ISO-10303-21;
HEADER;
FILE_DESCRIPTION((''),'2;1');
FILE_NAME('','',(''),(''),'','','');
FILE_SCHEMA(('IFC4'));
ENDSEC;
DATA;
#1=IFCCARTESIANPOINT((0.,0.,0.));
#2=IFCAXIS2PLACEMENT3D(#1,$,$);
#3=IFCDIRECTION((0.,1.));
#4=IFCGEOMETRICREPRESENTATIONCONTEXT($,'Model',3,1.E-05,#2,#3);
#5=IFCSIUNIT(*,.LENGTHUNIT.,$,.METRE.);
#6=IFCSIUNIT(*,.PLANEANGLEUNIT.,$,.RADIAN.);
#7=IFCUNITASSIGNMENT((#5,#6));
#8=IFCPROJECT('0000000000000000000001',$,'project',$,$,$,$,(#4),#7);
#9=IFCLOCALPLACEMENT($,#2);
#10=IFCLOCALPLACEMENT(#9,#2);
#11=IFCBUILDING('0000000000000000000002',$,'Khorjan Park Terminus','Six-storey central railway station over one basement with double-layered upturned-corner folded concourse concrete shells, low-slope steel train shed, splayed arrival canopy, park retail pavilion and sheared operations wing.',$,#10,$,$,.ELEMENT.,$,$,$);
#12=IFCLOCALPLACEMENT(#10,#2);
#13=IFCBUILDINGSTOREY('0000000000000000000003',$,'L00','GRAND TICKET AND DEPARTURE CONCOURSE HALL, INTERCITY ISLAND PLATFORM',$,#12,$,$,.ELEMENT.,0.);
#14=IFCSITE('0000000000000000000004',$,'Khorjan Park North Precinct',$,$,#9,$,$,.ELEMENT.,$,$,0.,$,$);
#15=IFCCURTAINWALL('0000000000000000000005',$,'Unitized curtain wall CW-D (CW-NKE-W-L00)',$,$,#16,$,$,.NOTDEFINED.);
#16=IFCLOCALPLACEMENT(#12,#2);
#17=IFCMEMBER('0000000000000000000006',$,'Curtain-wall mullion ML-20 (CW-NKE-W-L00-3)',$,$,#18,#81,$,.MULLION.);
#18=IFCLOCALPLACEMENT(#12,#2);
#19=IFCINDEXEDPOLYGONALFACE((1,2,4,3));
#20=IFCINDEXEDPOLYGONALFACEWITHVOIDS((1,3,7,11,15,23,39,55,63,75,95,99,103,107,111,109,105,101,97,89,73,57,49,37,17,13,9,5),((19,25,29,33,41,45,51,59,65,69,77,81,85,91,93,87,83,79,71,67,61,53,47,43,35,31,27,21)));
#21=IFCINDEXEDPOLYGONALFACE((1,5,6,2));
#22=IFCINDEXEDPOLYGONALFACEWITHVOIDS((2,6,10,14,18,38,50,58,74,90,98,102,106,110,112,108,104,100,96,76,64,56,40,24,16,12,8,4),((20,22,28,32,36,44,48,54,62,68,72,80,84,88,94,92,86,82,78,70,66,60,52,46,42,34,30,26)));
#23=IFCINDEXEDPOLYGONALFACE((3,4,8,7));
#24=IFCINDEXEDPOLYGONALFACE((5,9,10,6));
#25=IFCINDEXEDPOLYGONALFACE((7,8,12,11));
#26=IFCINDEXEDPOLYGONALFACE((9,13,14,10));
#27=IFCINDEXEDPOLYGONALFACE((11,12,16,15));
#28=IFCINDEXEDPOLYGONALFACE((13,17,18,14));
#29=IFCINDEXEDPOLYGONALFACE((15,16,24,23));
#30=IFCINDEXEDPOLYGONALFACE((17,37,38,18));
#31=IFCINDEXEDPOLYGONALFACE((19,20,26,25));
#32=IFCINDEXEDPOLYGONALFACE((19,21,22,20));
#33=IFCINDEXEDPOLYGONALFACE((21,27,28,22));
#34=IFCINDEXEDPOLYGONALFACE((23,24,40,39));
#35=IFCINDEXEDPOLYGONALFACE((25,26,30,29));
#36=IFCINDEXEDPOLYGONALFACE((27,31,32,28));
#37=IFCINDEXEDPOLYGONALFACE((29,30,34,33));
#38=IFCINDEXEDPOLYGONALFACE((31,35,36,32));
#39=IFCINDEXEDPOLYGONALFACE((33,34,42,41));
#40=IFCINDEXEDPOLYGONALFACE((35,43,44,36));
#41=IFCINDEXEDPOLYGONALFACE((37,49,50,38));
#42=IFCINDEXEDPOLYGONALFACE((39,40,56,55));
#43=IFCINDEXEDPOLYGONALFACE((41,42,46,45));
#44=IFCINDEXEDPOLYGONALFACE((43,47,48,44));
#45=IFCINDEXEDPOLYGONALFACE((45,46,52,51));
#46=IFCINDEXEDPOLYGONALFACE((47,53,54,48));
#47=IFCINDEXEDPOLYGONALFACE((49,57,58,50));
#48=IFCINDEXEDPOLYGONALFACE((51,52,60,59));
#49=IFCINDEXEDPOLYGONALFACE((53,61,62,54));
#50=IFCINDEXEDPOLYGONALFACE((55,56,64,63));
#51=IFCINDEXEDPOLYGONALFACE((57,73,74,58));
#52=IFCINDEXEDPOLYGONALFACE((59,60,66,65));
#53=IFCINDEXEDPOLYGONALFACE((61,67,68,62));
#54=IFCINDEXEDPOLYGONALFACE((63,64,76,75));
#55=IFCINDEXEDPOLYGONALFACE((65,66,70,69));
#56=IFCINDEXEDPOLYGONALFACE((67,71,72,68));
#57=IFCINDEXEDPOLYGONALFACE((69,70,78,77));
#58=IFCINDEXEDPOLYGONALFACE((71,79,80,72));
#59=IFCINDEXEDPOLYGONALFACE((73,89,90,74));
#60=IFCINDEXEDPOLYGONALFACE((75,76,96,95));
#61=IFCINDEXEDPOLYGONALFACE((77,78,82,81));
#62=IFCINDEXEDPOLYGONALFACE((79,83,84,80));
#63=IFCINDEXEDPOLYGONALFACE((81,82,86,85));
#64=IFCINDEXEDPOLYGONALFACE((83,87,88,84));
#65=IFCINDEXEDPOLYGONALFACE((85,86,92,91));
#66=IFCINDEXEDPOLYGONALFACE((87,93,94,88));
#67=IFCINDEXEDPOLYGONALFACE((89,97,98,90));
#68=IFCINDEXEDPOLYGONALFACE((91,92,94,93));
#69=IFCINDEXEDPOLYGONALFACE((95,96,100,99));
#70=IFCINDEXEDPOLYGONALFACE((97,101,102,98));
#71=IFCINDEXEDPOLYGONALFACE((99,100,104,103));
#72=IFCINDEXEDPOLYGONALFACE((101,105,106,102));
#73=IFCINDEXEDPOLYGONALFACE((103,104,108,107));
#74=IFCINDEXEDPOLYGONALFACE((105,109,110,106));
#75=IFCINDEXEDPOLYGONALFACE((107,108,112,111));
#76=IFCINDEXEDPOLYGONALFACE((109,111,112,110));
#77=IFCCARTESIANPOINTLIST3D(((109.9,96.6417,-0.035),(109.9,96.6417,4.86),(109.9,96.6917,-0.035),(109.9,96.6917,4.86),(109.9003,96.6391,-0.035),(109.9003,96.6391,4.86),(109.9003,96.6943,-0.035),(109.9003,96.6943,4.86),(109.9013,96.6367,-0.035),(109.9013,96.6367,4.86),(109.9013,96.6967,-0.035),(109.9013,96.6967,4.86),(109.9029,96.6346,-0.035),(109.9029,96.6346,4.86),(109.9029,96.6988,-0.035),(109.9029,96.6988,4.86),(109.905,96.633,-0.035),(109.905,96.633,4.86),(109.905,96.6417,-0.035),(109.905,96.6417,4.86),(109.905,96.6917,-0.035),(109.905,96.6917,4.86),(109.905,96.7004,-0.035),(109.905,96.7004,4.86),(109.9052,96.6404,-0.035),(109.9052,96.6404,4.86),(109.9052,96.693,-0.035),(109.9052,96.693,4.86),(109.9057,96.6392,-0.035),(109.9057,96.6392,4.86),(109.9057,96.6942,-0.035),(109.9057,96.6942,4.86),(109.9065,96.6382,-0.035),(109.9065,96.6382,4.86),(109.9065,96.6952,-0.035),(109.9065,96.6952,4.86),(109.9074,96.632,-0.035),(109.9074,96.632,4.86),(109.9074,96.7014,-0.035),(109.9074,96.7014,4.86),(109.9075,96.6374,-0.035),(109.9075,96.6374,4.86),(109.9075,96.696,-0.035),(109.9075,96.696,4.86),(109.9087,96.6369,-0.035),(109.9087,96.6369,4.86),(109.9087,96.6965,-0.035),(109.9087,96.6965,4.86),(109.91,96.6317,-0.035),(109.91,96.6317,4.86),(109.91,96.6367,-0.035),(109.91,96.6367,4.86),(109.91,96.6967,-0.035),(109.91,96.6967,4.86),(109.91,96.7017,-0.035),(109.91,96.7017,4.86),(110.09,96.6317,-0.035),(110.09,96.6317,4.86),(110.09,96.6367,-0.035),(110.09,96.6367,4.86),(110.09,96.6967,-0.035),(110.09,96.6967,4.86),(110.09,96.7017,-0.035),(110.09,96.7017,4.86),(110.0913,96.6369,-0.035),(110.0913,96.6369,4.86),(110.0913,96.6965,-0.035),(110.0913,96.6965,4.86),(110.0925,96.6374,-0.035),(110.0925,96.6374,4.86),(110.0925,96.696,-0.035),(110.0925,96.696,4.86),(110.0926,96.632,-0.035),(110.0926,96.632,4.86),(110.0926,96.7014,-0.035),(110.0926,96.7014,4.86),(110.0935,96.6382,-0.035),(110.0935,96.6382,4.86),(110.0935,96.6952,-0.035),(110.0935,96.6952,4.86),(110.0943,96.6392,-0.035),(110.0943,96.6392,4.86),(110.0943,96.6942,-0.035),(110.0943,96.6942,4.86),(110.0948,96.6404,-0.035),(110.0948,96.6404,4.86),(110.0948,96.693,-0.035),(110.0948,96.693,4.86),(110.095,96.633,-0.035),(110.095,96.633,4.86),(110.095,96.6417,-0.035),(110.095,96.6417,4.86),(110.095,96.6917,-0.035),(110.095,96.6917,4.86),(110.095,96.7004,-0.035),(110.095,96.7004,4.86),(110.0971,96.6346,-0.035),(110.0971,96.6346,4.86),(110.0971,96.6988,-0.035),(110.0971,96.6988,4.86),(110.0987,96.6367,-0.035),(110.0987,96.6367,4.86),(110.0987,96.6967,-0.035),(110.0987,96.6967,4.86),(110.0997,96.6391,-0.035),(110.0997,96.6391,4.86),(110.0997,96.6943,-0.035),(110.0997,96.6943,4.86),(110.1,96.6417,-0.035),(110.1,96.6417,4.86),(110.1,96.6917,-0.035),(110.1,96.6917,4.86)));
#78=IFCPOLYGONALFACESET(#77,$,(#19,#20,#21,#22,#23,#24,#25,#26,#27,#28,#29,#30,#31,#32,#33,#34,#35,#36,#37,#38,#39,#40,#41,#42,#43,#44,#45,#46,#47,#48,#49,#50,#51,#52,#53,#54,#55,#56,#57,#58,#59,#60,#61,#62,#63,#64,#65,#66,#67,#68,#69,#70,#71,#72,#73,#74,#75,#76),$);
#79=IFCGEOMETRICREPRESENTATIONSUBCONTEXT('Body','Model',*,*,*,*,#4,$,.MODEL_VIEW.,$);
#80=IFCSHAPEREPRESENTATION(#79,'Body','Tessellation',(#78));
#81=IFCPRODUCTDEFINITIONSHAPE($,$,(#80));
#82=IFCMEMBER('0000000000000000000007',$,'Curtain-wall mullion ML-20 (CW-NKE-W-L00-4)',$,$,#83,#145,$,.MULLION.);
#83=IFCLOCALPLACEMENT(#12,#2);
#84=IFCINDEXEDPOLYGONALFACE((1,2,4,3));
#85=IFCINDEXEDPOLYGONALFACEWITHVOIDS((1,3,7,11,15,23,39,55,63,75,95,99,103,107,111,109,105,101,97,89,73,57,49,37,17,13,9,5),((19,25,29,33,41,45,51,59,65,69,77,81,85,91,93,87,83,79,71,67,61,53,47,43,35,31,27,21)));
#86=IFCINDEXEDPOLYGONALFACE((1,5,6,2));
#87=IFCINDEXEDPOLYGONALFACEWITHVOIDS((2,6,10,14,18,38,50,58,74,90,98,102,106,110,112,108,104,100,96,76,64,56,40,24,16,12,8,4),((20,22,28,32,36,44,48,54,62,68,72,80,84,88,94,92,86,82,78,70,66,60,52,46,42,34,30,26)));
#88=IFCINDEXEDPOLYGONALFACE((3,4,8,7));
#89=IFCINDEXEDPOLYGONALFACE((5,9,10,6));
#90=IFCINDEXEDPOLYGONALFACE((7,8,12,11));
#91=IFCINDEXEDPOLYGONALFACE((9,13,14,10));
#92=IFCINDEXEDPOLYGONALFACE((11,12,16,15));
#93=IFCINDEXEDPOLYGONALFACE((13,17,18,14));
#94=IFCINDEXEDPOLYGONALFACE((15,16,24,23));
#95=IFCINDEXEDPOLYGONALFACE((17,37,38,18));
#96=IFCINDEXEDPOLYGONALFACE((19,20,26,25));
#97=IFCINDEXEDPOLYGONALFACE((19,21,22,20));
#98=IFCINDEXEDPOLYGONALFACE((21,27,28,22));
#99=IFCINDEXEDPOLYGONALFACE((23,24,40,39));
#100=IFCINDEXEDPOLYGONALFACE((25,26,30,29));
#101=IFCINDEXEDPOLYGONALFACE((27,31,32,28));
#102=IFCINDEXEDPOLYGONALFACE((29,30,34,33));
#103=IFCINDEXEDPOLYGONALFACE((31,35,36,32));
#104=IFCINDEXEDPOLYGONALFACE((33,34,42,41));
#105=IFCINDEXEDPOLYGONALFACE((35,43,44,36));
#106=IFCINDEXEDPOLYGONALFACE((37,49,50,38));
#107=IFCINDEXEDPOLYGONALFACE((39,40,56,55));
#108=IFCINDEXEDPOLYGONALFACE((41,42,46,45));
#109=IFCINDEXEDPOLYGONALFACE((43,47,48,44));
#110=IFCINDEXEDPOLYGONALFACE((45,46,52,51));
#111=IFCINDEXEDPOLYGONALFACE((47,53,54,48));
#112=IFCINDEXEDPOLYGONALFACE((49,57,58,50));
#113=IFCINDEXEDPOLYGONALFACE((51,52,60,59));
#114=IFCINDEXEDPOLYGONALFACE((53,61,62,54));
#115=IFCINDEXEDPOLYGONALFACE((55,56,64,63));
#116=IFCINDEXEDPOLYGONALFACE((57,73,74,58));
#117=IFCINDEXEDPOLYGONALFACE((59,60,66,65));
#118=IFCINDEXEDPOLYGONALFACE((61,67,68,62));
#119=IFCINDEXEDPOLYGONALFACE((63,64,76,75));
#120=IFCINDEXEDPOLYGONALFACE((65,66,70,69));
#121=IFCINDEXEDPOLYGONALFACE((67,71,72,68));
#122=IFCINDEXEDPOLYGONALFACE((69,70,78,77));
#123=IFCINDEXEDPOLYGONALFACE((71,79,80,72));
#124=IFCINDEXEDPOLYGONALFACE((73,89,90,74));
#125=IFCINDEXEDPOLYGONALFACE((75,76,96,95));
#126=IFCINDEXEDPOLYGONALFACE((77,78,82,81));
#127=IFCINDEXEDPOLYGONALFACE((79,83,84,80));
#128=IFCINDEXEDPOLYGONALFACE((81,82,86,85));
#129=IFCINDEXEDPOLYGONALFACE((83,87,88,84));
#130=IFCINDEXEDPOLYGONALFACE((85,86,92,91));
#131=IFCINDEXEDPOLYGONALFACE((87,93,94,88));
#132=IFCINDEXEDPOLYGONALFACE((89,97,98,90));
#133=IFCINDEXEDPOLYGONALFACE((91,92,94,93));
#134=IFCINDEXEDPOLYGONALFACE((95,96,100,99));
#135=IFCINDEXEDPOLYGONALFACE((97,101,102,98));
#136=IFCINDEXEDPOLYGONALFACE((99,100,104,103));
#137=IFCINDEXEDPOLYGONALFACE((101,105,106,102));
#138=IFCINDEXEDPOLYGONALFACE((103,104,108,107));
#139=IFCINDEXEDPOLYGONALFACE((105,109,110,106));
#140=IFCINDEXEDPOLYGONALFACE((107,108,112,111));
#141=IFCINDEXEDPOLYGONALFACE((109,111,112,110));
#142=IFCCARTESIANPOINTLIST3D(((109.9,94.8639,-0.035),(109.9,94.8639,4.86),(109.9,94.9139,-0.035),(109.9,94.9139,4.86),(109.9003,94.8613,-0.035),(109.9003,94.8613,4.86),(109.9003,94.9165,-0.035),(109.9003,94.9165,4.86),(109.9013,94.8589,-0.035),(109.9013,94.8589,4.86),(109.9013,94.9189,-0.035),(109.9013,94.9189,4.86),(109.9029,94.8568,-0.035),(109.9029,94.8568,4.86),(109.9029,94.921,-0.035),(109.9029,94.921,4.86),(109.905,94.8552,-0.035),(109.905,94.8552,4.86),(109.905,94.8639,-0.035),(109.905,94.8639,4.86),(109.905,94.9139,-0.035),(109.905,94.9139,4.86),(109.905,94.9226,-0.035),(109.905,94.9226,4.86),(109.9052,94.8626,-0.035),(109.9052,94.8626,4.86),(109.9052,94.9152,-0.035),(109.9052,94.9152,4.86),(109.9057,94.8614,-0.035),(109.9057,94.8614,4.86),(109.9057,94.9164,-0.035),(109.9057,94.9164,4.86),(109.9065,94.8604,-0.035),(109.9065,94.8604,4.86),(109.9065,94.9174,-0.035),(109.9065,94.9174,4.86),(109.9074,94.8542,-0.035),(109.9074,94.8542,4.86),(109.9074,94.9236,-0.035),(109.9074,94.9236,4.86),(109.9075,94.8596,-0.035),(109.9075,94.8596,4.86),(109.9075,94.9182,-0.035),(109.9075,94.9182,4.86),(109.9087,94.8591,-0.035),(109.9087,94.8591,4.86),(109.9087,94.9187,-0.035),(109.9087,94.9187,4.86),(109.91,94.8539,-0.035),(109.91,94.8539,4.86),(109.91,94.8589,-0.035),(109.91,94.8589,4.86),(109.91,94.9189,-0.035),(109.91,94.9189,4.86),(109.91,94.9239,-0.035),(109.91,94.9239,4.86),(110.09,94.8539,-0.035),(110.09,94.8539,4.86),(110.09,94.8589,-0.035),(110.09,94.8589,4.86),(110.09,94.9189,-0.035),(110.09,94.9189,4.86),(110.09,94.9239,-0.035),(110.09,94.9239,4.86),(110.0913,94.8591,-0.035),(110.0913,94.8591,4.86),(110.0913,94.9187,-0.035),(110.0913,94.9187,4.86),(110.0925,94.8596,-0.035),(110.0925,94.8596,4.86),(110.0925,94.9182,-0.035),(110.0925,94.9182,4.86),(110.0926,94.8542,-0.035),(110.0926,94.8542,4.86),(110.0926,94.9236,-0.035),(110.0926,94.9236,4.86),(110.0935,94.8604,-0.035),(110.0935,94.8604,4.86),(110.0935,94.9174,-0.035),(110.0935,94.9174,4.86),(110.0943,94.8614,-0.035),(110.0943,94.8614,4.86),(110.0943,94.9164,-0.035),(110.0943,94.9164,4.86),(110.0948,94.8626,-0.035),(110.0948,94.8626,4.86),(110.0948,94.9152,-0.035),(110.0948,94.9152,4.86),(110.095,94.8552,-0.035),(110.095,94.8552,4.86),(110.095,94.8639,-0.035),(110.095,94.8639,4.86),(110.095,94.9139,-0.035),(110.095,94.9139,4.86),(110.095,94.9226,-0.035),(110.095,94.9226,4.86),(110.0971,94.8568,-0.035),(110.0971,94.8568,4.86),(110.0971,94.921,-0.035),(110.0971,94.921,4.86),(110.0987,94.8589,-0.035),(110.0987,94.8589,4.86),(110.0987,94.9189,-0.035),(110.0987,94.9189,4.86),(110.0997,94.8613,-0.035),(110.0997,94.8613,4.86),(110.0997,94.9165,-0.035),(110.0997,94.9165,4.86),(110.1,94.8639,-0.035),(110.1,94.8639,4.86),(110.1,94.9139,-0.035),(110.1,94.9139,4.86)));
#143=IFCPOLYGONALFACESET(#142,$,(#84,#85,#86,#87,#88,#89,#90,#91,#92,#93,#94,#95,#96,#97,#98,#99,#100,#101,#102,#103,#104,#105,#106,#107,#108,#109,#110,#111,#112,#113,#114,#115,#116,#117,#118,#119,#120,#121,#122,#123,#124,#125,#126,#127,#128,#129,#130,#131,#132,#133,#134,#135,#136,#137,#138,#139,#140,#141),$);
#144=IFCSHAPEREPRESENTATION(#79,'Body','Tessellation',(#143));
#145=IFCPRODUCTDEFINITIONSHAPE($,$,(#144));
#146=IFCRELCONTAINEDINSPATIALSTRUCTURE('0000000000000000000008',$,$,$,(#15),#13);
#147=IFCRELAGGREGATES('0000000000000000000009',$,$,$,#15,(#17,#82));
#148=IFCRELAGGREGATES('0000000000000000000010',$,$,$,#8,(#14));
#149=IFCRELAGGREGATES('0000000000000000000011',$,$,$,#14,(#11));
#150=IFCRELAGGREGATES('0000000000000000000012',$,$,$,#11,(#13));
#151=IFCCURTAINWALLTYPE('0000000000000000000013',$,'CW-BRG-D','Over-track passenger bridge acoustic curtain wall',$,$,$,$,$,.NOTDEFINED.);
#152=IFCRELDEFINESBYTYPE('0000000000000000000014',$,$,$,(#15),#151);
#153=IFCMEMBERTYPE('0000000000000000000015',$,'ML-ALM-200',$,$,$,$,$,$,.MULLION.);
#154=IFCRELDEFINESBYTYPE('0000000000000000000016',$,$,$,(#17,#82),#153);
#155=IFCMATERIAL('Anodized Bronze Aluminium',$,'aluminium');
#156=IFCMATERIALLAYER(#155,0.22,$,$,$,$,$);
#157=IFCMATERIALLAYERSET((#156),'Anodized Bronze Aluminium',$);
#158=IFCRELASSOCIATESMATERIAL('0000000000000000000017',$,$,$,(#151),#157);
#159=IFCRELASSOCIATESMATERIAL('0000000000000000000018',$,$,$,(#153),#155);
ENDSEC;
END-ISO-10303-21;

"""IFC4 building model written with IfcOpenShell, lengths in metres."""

from ifc_helpers import new_model, si_unit, direction, frame, origin, origin_2d, place, context, subcontext, project, spatial, hollow_rectangle, extrude, material, layer, layer_set, material_profile, profile_set, type_object, element, aggregate, save


model = new_model("IFC4")

# Units and contexts
model_context = context("Model", 3, precision=1e-05, world=origin(), true_north=direction((0.0, 1.0)))
body_context = subcontext(model_context, "Body", "Model", "MODEL_VIEW")
ifc_project = project(units=[si_unit("LENGTHUNIT", "METRE"), si_unit("PLANEANGLEUNIT", "RADIAN")], contexts=[model_context])

# Site, building, storey
site_placement = place(None, origin())
site = spatial("IfcSite", under=ifc_project, at=site_placement, Name="Khorjan Park North Precinct", CompositionType="ELEMENT", RefElevation=0.0)
building_placement = place(site_placement, origin())
building = spatial("IfcBuilding", under=site, at=building_placement, Name="Khorjan Park Terminus", Description="Six-storey central railway station over one basement with double-layered upturned-corner folded concourse concrete shells, low-slope steel train shed, splayed arrival canopy, park retail pavilion and sheared operations wing.", CompositionType="ELEMENT")
storey_placement = place(building_placement, origin())
storey = spatial("IfcBuildingStorey", under=building, at=storey_placement, Name="L00", Description="GRAND TICKET AND DEPARTURE CONCOURSE HALL, INTERCITY ISLAND PLATFORM", CompositionType="ELEMENT", Elevation=0.0)

# Curtain wall, members
ifc_material_1 = material(Name="Anodized Bronze Aluminium", Category="aluminium")
ifc_layer_1 = layer(ifc_material_1, 0.22)
ifc_layer_set_1 = layer_set([ifc_layer_1], Name="Anodized Bronze Aluminium")
curtain_wall_type = type_object("IfcCurtainWallType", Name="CW-BRG-D", Description="Over-track passenger bridge acoustic curtain wall", PredefinedType="NOTDEFINED", material=ifc_layer_set_1)
curtain_wall_placement = place(storey_placement, origin())
curtain_wall = element("IfcCurtainWall", 1, at=curtain_wall_placement, inside=storey, type_object=curtain_wall_type, Name="Unitized curtain wall CW-D (CW-NKE-W-L00)", PredefinedType="NOTDEFINED")
ifc_material_profile_1 = material_profile(ifc_material_1, hollow_rectangle(XDim=0.07, YDim=0.2, WallThickness=0.005, InnerFilletRadius=0.005, OuterFilletRadius=0.01, at=origin_2d()), Name="ALM 70x200x5")
ifc_profile_set_1 = profile_set([ifc_material_profile_1], Name="Anodized Bronze Aluminium")
member_type_1 = type_object("IfcMemberType", Name="ML-ALM-200", PredefinedType="MULLION", material=ifc_profile_set_1)
member_1_placement = place(storey_placement, frame((110.0, 96.6667, -0.035), z_axis=(0.0, 0.0, 1.0), x_axis=(0.0, -1.0, 0.0)))
member_1 = element("IfcMember", 2, at=member_1_placement, type_object=member_type_1, Name="Curtain-wall mullion ML-20 (CW-NKE-W-L00-3)", PredefinedType="MULLION", context=body_context, shape_type="SweptSolid", body=[
    extrude(hollow_rectangle(XDim=0.07, YDim=0.2, WallThickness=0.005, InnerFilletRadius=0.005, OuterFilletRadius=0.01, at=origin_2d()), origin(), (0.0, 0.0, 1.0), 4.895),
])
member_2_placement = place(storey_placement, frame((110.0, 94.8889, -0.035), z_axis=(0.0, 0.0, 1.0), x_axis=(0.0, -1.0, 0.0)))
member_2 = element("IfcMember", 3, at=member_2_placement, type_object=member_type_1, Name="Curtain-wall mullion ML-20 (CW-NKE-W-L00-4)", PredefinedType="MULLION", context=body_context, shape_type="SweptSolid", body=[
    extrude(hollow_rectangle(XDim=0.07, YDim=0.2, WallThickness=0.005, InnerFilletRadius=0.005, OuterFilletRadius=0.01, at=origin_2d()), origin(), (0.0, 0.0, 1.0), 4.895),
])
aggregate(curtain_wall, [member_1, member_2])

save(model, "model.ifc")
